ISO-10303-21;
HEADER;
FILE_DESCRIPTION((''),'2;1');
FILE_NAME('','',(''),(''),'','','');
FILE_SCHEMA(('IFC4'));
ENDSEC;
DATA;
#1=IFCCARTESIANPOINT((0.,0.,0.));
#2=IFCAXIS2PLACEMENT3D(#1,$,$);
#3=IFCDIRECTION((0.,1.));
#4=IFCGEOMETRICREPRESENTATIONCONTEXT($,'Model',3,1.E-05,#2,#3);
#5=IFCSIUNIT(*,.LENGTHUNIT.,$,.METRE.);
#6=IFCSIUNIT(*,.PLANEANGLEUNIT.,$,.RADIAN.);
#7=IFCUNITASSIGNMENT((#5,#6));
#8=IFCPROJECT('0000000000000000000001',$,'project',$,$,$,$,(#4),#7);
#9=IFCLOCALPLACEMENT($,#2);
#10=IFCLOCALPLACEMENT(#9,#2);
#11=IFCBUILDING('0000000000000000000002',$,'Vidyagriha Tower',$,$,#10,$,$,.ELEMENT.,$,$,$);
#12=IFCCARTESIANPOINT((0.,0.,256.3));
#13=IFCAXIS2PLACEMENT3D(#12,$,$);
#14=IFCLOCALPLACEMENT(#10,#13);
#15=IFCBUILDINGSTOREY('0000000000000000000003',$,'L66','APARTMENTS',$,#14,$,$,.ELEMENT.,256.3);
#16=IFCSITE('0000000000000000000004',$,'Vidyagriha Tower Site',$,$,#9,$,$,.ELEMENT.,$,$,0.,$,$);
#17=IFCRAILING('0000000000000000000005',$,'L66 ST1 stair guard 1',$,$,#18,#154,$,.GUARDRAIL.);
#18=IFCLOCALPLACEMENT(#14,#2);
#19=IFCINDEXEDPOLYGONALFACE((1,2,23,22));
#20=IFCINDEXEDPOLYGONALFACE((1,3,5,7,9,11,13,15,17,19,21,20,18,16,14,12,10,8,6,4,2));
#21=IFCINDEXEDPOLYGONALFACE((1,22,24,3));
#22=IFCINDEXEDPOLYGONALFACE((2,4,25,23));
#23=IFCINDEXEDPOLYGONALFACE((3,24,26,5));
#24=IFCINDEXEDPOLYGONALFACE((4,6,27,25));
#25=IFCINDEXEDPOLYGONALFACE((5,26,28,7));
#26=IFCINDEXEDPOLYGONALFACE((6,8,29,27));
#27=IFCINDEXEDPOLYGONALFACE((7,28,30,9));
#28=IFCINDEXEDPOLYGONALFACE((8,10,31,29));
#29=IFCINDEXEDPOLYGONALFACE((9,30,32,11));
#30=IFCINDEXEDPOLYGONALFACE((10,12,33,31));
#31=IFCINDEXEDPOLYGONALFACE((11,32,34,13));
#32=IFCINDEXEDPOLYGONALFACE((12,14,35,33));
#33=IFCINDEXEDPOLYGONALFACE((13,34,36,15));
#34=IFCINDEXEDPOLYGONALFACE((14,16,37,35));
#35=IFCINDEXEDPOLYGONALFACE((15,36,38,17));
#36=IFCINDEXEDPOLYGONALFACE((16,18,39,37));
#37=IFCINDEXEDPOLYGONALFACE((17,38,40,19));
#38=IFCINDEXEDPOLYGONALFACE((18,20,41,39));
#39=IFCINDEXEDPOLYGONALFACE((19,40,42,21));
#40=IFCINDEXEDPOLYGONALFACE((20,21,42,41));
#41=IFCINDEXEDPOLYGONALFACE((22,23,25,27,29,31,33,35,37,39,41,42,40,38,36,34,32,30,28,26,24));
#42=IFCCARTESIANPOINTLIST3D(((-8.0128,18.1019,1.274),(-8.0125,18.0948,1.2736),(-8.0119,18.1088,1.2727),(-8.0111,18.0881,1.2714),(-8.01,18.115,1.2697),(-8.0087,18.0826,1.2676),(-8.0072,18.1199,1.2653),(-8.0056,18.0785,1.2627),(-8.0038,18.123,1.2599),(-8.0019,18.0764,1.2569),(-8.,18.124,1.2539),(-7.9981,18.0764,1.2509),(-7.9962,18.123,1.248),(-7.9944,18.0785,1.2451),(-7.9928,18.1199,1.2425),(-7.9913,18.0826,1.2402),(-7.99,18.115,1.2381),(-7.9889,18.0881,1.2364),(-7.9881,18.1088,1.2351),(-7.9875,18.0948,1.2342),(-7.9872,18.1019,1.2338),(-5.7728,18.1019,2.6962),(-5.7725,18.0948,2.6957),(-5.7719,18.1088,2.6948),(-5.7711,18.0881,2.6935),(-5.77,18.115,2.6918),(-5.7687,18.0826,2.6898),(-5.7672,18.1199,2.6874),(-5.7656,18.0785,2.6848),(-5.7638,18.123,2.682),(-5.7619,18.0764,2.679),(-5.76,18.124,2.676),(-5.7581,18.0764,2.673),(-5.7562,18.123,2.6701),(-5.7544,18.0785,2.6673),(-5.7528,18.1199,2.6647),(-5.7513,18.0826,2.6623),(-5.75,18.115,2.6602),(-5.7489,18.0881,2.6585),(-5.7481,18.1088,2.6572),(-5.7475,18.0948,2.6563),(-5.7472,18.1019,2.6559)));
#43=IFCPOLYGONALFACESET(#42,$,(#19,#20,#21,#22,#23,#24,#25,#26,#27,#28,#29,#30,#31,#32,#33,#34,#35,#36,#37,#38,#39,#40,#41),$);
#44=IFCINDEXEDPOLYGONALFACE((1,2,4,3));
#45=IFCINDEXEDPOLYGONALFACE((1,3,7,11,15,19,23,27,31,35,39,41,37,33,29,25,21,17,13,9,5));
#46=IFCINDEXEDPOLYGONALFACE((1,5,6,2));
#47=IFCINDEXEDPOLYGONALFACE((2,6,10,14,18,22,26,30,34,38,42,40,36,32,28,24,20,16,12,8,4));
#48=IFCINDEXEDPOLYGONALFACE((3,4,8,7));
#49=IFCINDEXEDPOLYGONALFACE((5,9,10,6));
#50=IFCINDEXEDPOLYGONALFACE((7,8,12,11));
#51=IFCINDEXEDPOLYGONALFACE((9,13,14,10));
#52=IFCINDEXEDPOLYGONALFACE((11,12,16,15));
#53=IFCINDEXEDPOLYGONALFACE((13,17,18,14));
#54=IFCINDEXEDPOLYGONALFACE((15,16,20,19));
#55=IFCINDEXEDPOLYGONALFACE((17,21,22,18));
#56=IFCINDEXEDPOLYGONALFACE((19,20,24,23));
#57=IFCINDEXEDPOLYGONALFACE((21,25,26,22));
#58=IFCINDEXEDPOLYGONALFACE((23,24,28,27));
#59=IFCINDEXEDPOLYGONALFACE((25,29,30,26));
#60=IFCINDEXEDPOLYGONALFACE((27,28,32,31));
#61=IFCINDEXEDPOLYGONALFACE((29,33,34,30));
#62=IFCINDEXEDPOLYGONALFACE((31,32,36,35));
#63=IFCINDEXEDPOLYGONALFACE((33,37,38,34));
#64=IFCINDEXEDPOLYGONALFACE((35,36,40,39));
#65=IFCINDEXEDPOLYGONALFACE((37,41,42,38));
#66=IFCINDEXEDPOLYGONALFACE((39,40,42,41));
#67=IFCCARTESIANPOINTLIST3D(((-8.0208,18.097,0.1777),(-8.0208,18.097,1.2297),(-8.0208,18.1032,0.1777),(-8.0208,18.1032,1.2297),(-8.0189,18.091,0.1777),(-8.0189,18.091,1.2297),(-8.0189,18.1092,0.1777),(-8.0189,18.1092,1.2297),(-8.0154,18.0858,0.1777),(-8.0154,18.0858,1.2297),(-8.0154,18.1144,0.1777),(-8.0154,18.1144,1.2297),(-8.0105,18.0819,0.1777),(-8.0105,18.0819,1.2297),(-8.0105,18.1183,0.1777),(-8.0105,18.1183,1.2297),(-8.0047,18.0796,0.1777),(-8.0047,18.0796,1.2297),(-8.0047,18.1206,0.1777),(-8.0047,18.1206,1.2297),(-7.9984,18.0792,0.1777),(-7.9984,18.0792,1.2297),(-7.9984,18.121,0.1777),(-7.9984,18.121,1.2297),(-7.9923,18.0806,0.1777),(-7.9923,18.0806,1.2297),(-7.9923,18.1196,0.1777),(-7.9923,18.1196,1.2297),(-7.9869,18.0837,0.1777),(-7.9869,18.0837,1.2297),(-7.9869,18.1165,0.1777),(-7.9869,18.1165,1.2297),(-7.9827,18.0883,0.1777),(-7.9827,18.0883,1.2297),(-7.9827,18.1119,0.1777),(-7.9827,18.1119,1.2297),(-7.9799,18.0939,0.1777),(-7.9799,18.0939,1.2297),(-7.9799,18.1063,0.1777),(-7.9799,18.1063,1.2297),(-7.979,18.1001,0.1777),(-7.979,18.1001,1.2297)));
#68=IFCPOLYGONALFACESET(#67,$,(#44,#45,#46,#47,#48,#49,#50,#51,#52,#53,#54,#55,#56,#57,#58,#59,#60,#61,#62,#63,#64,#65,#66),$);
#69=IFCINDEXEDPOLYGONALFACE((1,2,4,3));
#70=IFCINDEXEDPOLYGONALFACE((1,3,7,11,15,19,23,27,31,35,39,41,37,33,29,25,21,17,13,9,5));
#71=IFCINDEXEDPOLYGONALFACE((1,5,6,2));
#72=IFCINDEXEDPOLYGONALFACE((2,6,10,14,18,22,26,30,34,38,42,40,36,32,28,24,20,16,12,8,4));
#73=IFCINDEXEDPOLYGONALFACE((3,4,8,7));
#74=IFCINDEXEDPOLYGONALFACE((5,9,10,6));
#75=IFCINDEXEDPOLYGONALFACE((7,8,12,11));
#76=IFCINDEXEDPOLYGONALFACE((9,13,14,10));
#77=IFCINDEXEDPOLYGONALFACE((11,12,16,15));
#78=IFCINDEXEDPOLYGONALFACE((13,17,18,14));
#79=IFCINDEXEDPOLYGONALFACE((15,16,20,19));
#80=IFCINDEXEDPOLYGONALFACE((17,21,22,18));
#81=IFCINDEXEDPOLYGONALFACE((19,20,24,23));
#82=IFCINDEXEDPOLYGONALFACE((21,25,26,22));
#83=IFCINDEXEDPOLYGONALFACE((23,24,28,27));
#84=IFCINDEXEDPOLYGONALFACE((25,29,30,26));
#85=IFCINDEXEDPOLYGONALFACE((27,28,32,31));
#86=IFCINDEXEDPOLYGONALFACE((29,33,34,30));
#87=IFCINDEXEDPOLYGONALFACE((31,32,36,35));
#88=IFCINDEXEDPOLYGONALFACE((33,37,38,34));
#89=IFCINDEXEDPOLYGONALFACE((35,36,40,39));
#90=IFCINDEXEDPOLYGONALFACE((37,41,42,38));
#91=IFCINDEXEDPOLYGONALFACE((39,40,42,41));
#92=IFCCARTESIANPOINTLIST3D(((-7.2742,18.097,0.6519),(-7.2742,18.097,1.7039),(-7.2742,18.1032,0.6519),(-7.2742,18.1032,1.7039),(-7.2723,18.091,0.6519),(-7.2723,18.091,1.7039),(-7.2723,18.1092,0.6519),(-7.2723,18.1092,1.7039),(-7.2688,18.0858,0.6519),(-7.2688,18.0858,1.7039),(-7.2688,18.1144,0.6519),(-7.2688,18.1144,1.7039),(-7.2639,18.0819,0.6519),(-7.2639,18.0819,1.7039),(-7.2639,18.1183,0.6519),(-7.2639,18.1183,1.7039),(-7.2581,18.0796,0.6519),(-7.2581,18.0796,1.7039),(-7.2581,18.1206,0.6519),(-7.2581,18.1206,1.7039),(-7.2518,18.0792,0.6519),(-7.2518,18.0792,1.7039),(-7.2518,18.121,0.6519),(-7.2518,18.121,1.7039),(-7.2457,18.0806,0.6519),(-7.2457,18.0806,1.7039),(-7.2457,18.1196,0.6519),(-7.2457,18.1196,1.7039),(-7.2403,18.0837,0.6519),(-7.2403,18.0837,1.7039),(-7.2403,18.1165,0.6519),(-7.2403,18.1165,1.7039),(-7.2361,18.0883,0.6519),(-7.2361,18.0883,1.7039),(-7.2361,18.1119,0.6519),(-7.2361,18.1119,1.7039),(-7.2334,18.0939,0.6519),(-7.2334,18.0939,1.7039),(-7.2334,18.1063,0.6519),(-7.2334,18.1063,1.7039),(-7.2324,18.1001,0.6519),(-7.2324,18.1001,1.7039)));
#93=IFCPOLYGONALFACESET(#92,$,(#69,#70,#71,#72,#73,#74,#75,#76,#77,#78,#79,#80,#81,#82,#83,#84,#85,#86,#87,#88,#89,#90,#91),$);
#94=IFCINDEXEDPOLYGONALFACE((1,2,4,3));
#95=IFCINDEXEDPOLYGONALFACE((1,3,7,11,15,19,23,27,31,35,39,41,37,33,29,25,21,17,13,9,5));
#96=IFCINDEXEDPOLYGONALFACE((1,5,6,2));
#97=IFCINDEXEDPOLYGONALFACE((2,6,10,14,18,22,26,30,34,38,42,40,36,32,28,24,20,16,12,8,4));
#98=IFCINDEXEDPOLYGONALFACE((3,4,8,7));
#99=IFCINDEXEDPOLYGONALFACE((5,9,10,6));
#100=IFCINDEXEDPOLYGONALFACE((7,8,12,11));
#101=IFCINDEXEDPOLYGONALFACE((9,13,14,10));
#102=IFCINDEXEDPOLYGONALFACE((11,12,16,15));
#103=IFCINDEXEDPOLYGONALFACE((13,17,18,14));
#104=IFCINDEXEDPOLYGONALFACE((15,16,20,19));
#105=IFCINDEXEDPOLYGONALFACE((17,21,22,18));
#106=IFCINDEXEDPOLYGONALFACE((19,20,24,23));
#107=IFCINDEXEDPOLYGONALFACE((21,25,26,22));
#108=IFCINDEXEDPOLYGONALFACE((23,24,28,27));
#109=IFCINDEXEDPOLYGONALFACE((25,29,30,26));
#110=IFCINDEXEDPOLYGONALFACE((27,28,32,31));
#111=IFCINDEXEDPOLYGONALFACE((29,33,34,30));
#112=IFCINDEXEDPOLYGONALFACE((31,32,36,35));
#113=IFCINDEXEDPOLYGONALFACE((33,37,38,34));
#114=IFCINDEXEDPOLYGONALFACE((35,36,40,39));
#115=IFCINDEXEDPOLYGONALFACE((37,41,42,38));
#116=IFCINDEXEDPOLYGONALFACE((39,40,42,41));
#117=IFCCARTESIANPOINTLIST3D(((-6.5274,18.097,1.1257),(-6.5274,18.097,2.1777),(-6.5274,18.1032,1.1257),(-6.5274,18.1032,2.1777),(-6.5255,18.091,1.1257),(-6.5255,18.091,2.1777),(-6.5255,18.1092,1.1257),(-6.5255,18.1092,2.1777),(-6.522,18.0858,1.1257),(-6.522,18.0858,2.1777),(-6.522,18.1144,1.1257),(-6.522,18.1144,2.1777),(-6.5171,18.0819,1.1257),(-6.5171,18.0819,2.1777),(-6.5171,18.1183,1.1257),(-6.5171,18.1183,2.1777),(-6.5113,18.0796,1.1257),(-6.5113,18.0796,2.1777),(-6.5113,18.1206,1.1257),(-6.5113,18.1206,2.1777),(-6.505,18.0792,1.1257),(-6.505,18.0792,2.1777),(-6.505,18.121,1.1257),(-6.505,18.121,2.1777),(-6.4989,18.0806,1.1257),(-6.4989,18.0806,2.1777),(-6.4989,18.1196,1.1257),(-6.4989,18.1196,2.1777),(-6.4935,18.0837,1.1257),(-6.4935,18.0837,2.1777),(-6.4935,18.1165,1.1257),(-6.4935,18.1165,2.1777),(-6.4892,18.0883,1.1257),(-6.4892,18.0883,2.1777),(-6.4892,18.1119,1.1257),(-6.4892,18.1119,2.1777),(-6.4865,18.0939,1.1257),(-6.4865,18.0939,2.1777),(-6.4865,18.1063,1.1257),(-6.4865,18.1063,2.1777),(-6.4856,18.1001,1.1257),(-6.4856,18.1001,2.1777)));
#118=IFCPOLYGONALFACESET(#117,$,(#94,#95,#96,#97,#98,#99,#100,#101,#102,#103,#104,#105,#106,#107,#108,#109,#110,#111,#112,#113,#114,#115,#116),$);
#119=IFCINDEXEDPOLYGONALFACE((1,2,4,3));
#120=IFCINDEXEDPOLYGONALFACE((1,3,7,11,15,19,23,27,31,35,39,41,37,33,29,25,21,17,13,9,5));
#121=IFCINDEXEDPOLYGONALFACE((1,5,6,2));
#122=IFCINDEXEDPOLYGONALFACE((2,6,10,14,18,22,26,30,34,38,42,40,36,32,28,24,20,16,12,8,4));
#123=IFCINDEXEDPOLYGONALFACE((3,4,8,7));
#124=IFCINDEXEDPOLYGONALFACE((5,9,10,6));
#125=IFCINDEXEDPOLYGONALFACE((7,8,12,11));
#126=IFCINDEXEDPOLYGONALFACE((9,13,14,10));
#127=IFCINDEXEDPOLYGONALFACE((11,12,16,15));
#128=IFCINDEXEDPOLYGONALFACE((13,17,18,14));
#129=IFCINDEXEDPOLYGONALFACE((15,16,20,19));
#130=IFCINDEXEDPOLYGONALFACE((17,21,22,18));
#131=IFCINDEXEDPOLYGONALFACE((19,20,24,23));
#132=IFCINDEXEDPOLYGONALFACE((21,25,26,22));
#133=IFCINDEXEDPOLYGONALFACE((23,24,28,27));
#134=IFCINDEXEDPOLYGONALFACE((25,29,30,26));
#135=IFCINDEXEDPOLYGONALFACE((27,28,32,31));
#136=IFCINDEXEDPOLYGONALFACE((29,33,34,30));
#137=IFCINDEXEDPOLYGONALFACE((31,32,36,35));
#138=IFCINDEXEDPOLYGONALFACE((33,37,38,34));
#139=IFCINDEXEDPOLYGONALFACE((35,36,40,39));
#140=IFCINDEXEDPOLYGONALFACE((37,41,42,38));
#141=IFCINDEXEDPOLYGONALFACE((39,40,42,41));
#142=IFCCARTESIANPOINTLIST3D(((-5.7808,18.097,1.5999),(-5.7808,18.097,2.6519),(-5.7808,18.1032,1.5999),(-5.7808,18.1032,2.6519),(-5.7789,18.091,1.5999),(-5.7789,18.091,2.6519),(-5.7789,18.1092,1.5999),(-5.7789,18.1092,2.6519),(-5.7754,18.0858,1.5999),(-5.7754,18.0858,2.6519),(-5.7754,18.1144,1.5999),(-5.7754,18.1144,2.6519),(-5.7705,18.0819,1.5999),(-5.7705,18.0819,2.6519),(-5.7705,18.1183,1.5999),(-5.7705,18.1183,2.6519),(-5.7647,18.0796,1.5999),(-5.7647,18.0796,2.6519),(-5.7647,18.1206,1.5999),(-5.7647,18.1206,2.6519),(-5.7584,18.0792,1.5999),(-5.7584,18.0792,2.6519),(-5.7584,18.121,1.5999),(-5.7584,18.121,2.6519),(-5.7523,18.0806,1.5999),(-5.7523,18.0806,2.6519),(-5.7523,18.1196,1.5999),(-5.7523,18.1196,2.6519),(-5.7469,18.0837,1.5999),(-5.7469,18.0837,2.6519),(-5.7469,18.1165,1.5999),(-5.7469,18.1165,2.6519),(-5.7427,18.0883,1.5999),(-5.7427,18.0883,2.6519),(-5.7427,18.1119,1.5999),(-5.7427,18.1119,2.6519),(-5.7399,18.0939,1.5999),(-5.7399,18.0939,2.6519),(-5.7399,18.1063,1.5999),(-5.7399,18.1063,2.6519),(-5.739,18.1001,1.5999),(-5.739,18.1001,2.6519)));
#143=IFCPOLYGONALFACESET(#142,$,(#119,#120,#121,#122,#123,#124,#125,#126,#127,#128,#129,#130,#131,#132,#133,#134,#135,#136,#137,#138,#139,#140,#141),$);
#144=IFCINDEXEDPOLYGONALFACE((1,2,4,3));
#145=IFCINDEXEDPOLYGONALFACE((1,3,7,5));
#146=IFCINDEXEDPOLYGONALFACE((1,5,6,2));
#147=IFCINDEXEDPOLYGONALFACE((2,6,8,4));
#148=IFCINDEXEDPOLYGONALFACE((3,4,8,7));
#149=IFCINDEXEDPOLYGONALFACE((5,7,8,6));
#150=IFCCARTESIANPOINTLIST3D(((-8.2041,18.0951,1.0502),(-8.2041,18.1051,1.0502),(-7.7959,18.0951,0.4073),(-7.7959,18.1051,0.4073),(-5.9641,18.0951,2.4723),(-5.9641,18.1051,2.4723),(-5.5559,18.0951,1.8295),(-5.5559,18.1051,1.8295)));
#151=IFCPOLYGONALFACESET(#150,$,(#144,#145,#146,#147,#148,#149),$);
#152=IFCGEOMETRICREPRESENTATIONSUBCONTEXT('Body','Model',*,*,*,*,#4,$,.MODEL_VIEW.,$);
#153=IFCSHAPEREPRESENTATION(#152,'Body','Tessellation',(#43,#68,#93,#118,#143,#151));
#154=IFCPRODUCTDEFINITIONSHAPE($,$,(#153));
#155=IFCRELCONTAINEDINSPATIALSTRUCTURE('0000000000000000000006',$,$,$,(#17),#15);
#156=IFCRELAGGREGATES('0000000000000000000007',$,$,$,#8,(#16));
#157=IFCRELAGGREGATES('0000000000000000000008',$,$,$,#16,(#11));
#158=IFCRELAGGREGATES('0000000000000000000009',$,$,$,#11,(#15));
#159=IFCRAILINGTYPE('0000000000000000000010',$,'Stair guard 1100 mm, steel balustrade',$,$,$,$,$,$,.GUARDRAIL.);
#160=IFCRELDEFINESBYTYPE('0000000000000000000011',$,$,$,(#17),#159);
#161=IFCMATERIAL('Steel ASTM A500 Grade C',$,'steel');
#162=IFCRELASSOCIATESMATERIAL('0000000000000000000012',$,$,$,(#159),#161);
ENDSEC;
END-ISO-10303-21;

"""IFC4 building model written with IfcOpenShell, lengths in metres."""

from ifc_helpers import new_model, si_unit, direction, frame, origin, origin_2d, place, context, subcontext, project, spatial, rectangle, circle, extrude, material, type_object, element, save


model = new_model("IFC4")

# Units and contexts
model_context = context("Model", 3, precision=1e-05, world=origin(), true_north=direction((0.0, 1.0)))
body_context = subcontext(model_context, "Body", "Model", "MODEL_VIEW")
ifc_project = project(units=[si_unit("LENGTHUNIT", "METRE"), si_unit("PLANEANGLEUNIT", "RADIAN")], contexts=[model_context])

# Site, building, storey
site_placement = place(None, origin())
site = spatial("IfcSite", under=ifc_project, at=site_placement, Name="Vidyagriha Tower Site", CompositionType="ELEMENT", RefElevation=0.0)
building_placement = place(site_placement, origin())
building = spatial("IfcBuilding", under=site, at=building_placement, Name="Vidyagriha Tower", CompositionType="ELEMENT")
storey_placement = place(building_placement, frame((0.0, 0.0, 256.3)))
storey = spatial("IfcBuildingStorey", under=building, at=storey_placement, Name="L66", Description="APARTMENTS", CompositionType="ELEMENT", Elevation=256.3)

# Railing
ifc_material_1 = material(Name="Steel ASTM A500 Grade C", Category="steel")
railing_type_1 = type_object("IfcRailingType", Name="Stair guard 1100 mm, steel balustrade", PredefinedType="GUARDRAIL", material=ifc_material_1)
railing_placement = place(storey_placement, frame((-8.0, 18.1001, 0.1777)))
element("IfcRailing", 1, at=railing_placement, inside=storey, type_object=railing_type_1, Name="L66 ST1 stair guard 1", PredefinedType="GUARDRAIL", context=body_context, shape_type="SweptSolid", body=[
    extrude(circle(Radius=0.0239, at=origin_2d()), frame((0.0, 0.0, 1.0762), z_axis=(0.844229, 0.0, 0.535982), x_axis=(0.0, 1.0, 0.0)), (0.0, 0.0, 1.0), 2.6533),
    extrude(circle(Radius=0.021, at=origin_2d()), origin(), (0.0, 0.0, 1.0), 1.052),
    extrude(circle(Radius=0.021, at=origin_2d()), frame((0.7466, 0.0, 0.4741)), (0.0, 0.0, 1.0), 1.052),
    extrude(circle(Radius=0.021, at=origin_2d()), frame((1.4934, 0.0, 0.948)), (0.0, 0.0, 1.0), 1.052),
    extrude(circle(Radius=0.021, at=origin_2d()), frame((2.24, 0.0, 1.4221)), (0.0, 0.0, 1.0), 1.052),
    extrude(rectangle(XDim=0.01, YDim=0.7615, at=origin_2d()), frame((0.0, 0.0, 0.551), z_axis=(0.844229, 0.0, 0.535982), x_axis=(0.0, 1.0, 0.0)), (0.0, 0.0, 1.0), 2.6533),
])

save(model, "model.ifc")
